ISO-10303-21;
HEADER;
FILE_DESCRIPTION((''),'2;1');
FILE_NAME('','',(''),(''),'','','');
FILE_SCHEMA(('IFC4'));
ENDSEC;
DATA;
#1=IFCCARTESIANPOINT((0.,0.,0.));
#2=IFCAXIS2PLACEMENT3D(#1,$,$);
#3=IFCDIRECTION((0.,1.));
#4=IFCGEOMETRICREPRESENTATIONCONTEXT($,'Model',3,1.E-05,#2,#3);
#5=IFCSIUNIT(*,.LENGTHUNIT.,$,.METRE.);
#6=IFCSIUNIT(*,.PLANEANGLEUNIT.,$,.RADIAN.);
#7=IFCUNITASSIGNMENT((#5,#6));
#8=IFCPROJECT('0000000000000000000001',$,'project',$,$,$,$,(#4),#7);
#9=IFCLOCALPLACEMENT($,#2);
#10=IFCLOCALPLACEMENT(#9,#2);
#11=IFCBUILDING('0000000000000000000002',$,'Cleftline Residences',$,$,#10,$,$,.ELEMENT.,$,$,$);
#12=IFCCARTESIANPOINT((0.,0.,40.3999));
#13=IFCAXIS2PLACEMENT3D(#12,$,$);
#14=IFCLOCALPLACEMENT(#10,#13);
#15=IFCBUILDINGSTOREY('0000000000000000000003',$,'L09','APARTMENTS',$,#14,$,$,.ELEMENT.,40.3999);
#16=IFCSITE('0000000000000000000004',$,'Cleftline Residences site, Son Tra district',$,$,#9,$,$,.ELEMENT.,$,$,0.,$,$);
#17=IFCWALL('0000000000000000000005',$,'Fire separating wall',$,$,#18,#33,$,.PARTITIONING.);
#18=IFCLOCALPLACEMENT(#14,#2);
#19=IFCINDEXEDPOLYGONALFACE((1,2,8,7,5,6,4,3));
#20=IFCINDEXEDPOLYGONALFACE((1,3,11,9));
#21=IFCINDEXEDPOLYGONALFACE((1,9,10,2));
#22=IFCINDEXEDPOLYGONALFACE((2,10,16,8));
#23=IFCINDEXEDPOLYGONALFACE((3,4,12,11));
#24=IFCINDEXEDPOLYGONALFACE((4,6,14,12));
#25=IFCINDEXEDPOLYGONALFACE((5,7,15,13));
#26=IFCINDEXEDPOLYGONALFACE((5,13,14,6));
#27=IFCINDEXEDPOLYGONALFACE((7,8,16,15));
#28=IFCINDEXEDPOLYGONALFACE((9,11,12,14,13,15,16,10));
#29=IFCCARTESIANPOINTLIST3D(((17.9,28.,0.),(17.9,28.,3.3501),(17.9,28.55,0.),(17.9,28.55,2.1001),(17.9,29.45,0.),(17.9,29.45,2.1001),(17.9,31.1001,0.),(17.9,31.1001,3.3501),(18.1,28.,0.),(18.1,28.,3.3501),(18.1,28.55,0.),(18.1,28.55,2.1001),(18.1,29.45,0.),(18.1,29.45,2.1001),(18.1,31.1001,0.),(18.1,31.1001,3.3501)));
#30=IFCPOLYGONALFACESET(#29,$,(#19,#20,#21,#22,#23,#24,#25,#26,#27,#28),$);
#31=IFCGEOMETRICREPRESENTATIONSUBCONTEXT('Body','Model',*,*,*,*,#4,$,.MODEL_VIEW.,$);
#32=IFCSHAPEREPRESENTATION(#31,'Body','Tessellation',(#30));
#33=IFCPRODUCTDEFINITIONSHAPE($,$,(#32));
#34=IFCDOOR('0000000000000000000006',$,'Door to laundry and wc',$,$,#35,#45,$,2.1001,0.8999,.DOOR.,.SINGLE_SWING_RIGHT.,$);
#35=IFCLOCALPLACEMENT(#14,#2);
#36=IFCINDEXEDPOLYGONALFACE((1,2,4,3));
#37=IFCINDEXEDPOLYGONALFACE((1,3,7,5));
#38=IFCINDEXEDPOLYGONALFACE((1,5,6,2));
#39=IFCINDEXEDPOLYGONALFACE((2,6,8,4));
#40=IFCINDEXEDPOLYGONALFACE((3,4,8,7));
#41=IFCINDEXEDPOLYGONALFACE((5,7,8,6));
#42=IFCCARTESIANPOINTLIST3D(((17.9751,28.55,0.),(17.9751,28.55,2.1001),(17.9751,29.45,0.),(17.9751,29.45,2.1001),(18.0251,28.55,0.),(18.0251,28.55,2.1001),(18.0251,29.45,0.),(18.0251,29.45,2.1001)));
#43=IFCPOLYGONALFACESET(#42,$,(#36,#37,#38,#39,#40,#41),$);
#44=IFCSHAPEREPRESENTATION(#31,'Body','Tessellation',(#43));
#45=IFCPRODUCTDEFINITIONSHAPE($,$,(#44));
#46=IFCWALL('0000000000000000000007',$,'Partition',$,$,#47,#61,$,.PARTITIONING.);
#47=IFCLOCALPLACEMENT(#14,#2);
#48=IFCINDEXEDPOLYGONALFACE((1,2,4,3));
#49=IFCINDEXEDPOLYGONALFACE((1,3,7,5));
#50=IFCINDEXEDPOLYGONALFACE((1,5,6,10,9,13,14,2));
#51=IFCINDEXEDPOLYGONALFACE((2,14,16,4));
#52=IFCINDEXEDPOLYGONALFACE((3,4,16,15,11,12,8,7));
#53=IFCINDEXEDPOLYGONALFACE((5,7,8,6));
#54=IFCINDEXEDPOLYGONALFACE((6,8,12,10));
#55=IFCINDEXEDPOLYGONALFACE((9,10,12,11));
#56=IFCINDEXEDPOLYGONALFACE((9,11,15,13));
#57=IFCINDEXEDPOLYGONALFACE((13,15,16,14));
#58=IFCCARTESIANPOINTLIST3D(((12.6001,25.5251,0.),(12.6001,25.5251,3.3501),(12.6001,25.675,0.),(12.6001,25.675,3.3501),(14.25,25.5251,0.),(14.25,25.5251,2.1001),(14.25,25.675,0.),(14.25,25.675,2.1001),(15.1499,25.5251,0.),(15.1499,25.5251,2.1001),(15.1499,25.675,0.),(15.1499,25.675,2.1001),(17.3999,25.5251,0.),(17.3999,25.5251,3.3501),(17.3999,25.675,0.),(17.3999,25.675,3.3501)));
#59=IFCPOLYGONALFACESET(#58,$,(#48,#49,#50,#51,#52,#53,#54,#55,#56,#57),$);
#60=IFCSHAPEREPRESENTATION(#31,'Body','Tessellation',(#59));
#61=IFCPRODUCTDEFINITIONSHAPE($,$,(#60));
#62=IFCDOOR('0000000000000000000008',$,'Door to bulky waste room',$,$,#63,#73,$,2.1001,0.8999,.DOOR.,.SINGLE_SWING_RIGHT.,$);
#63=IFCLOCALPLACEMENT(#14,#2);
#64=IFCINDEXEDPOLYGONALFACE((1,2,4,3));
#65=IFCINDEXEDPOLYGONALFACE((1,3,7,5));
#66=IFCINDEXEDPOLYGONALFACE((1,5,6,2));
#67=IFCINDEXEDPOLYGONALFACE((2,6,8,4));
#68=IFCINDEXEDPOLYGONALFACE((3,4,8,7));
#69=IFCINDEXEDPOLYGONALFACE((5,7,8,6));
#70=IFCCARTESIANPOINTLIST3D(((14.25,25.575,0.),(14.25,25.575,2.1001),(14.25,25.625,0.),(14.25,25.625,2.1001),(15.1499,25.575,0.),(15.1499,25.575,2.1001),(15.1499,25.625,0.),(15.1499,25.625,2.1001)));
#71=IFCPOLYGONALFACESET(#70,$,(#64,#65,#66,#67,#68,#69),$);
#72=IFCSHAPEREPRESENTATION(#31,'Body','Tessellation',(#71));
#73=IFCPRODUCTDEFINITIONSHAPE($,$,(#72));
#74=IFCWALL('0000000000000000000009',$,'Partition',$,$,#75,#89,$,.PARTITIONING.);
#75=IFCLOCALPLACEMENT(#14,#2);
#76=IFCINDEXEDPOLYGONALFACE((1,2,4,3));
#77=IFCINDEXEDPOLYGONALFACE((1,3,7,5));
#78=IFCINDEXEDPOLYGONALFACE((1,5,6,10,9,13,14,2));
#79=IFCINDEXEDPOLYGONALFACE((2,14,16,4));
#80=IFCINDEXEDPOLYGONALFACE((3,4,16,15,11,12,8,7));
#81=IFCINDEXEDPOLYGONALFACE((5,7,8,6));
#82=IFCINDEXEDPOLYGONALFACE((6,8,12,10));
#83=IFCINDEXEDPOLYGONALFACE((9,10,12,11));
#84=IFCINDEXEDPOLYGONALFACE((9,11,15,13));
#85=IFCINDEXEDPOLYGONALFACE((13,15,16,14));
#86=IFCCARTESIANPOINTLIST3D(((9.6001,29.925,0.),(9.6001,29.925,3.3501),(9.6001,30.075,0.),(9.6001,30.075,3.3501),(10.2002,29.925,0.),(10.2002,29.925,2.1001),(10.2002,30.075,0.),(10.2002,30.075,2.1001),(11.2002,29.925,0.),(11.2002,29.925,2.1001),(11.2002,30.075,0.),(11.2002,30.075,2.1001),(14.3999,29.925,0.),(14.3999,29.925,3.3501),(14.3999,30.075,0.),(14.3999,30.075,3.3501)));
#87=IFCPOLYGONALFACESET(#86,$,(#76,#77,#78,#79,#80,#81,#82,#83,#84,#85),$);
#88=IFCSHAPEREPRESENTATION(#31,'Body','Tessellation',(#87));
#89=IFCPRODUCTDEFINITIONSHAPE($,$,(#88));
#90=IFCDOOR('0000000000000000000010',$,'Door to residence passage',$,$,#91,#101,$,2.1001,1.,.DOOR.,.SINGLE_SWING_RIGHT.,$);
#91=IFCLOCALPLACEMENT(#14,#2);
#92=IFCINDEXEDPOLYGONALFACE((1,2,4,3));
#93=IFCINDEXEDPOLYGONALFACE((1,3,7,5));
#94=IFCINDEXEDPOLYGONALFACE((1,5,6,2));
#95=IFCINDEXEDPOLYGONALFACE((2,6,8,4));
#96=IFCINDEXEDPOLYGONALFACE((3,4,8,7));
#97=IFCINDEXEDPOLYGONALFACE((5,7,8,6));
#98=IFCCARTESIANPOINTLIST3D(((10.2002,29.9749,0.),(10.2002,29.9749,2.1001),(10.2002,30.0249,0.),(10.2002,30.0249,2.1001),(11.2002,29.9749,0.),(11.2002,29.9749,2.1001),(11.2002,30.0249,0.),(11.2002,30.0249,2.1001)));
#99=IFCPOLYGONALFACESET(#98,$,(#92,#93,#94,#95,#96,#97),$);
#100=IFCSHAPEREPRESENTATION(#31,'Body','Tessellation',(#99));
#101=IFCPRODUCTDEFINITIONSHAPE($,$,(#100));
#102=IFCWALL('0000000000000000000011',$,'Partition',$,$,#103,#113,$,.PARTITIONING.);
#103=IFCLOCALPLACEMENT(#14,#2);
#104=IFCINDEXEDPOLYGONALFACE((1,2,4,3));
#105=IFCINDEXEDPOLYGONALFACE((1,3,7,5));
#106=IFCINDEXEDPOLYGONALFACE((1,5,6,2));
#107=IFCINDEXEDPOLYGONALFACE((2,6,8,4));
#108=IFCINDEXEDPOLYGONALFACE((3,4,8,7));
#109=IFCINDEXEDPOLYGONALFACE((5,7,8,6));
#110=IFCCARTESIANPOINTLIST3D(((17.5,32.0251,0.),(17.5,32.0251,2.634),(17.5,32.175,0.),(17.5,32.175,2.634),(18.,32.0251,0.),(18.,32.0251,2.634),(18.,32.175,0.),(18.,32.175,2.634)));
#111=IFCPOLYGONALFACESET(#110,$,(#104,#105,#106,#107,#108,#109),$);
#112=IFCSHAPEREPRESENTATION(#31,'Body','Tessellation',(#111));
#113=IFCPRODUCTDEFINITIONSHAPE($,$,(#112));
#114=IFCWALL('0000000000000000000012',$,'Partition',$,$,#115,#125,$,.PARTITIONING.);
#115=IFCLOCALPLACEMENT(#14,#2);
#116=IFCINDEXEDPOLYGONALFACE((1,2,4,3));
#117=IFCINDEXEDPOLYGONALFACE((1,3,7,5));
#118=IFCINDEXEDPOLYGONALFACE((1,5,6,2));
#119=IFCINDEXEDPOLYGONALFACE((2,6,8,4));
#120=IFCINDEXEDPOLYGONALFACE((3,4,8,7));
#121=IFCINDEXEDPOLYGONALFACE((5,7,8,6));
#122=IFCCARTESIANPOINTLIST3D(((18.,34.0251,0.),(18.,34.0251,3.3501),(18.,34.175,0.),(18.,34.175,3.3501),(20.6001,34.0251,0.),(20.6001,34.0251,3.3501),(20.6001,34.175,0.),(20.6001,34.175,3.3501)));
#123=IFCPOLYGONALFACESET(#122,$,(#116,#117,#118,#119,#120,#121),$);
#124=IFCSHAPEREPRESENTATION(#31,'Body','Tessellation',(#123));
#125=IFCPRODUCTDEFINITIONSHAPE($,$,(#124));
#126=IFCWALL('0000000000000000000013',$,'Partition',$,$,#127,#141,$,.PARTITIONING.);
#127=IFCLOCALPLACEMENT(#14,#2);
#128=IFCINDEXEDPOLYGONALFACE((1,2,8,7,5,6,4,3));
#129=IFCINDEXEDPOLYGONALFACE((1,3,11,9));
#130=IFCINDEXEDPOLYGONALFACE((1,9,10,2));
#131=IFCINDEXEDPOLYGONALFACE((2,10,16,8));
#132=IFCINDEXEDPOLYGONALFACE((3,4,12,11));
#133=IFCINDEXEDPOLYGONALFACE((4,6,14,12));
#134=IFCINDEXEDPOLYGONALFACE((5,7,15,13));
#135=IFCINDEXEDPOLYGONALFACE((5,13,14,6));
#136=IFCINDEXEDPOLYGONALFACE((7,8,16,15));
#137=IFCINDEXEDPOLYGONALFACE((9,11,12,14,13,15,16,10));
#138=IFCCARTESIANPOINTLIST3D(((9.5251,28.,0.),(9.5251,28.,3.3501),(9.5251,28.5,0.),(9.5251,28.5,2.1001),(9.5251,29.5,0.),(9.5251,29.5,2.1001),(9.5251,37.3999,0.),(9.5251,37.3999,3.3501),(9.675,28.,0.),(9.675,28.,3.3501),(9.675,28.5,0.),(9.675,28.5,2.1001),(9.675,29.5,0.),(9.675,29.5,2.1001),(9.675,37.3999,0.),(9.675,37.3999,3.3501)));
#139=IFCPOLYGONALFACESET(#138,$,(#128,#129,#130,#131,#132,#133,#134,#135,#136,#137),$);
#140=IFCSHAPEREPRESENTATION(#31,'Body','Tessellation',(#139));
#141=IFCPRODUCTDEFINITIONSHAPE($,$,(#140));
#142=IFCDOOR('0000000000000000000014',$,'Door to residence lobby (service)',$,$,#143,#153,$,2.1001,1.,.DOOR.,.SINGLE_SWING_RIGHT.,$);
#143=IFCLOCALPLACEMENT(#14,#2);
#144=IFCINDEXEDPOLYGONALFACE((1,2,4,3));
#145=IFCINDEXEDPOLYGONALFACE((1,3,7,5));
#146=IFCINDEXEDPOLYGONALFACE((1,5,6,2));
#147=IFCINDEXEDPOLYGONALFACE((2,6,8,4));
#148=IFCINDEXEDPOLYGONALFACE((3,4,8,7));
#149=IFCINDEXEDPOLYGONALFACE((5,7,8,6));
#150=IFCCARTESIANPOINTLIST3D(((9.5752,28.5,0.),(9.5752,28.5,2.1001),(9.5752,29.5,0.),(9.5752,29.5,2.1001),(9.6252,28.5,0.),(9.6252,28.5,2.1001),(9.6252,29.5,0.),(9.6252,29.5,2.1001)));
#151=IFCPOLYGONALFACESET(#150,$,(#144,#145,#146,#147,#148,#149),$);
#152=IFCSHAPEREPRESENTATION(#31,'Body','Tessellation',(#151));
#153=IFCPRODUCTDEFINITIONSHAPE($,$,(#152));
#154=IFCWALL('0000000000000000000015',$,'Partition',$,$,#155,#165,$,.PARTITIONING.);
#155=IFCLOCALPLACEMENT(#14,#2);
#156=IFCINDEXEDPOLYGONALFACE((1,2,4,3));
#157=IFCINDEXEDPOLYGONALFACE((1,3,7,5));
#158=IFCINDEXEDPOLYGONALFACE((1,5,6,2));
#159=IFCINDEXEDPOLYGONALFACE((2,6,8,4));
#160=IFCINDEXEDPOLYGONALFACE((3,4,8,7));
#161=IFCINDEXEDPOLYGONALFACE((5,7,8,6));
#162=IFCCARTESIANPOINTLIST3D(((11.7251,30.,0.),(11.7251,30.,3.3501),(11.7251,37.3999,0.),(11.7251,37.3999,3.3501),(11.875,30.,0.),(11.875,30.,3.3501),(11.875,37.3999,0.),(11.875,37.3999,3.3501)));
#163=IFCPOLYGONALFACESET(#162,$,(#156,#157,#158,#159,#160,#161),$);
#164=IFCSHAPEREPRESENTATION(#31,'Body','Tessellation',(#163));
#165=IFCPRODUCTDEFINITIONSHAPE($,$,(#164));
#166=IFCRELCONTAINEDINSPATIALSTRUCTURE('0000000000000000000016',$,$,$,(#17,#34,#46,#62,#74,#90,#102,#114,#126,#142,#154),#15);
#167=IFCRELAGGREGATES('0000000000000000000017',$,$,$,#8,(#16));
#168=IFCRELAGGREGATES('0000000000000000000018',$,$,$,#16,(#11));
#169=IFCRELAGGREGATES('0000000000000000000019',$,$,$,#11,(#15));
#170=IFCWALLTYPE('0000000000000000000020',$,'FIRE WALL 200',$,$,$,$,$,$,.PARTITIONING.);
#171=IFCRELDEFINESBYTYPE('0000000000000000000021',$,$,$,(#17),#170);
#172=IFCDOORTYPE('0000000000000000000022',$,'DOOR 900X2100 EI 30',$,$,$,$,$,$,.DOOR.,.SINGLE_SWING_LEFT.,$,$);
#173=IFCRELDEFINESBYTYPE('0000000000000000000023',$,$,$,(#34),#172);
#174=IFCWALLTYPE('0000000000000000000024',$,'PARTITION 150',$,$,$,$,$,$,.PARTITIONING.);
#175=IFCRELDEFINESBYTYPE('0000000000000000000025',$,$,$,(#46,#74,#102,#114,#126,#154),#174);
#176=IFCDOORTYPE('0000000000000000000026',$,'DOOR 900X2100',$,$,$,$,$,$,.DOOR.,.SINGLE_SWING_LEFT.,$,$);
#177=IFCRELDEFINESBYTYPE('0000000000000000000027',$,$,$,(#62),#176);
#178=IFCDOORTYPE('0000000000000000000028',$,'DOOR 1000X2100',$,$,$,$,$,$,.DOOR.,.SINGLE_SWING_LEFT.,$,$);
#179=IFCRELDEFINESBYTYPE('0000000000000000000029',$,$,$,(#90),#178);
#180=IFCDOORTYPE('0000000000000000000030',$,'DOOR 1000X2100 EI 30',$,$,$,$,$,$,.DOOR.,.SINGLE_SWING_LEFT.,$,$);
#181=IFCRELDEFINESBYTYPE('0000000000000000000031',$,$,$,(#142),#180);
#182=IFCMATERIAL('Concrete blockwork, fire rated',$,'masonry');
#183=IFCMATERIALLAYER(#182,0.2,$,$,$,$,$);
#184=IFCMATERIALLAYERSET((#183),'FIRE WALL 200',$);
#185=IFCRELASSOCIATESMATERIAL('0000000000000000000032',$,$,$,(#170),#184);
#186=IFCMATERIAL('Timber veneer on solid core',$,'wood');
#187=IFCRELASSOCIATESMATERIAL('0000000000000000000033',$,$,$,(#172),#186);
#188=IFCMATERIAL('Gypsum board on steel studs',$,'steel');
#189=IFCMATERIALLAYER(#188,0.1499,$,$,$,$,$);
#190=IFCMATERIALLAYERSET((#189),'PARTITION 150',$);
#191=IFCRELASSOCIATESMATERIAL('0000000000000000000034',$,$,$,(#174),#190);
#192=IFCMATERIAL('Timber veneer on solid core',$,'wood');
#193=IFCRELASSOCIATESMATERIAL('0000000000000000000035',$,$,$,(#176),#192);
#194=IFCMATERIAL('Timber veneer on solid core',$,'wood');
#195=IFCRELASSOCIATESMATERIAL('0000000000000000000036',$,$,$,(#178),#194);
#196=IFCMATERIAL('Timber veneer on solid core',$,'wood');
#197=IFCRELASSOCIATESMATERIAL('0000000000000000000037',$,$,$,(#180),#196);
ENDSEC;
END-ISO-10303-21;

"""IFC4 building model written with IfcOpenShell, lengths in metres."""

from ifc_helpers import new_model, si_unit, direction, frame, frame_2d, origin, place, context, subcontext, project, spatial, rectangle, extrude, material, layer, layer_set, type_object, element, fill, save


model = new_model("IFC4")

# Units and contexts
model_context = context("Model", 3, precision=1e-05, world=origin(), true_north=direction((0.0, 1.0)))
body_context = subcontext(model_context, "Body", "Model", "MODEL_VIEW")
ifc_project = project(units=[si_unit("LENGTHUNIT", "METRE"), si_unit("PLANEANGLEUNIT", "RADIAN")], contexts=[model_context])

# Site, building, storey
site_placement = place(None, origin())
site = spatial("IfcSite", under=ifc_project, at=site_placement, Name="Cleftline Residences site, Son Tra district", CompositionType="ELEMENT", RefElevation=0.0)
building_placement = place(site_placement, origin())
building = spatial("IfcBuilding", under=site, at=building_placement, Name="Cleftline Residences", CompositionType="ELEMENT")
storey_placement = place(building_placement, frame((0.0, 0.0, 40.3999)))
storey = spatial("IfcBuildingStorey", under=building, at=storey_placement, Name="L09", Description="APARTMENTS", CompositionType="ELEMENT", Elevation=40.3999)

# Shared definitions
ifc_material_1 = material(Name="Concrete blockwork, fire rated", Category="masonry")
ifc_layer_1 = layer(ifc_material_1, 0.2)
ifc_layer_set_1 = layer_set([ifc_layer_1], Name="FIRE WALL 200")
wall_type_1 = type_object("IfcWallType", Name="FIRE WALL 200", PredefinedType="PARTITIONING", material=ifc_layer_set_1)

# Walls, openings, doors
wall_1_placement = place(storey_placement, frame((18.0, 28.0, 0.0), z_axis=(0.0, 0.0, 1.0), x_axis=(0.0, 1.0, 0.0)))
wall_1 = element("IfcWall", 1, at=wall_1_placement, inside=storey, type_object=wall_type_1, Name="Fire separating wall", PredefinedType="PARTITIONING", context=body_context, shape_type="SweptSolid", body=[
    extrude(rectangle(XDim=3.1001, YDim=0.2, at=frame_2d((1.55, 0.0))), origin(), (0.0, 0.0, 1.0), 3.3501),
])
opening_1_placement = place(wall_1_placement, frame((0.55, 0.0, 0.0)))
opening_1 = element("IfcOpeningElement", 2, at=opening_1_placement, cuts=wall_1, PredefinedType="OPENING", context=body_context, shape_type="SweptSolid", body=[
    extrude(rectangle(XDim=0.8999, YDim=2.1001, at=frame_2d((0.45, 1.05))), frame((0.0, 0.1099, 0.0), z_axis=(0.0, -1.0, 0.0), x_axis=(1.0, 0.0, 0.0)), (0.0, 0.0, 1.0), 0.22),
])
ifc_material_2 = material(Name="Timber veneer on solid core", Category="wood")
door_type_1 = type_object("IfcDoorType", Name="DOOR 900X2100 EI 30", OperationType="SINGLE_SWING_LEFT", PredefinedType="DOOR", material=ifc_material_2)
door_1_placement = place(opening_1_placement, origin())
door_1 = element("IfcDoor", 3, at=door_1_placement, inside=storey, type_object=door_type_1, Name="Door to laundry and wc", OperationType="SINGLE_SWING_RIGHT", OverallHeight=2.1001, OverallWidth=0.8999, PredefinedType="DOOR", context=body_context, shape_type="SweptSolid", body=[
    extrude(rectangle(XDim=0.8999, YDim=2.1001, at=frame_2d((0.45, 1.05))), frame((0.0, 0.0249, 0.0), z_axis=(0.0, -1.0, 0.0), x_axis=(1.0, 0.0, 0.0)), (0.0, 0.0, 1.0), 0.05),
])
fill(opening_1, door_1)
ifc_material_3 = material(Name="Gypsum board on steel studs", Category="steel")
ifc_layer_2 = layer(ifc_material_3, 0.1499)
ifc_layer_set_2 = layer_set([ifc_layer_2], Name="PARTITION 150")
wall_type_2 = type_object("IfcWallType", Name="PARTITION 150", PredefinedType="PARTITIONING", material=ifc_layer_set_2)
wall_2_placement = place(storey_placement, frame((12.6001, 25.6001, 0.0), z_axis=(0.0, 0.0, 1.0), x_axis=(1.0, 0.0, 0.0)))
wall_2 = element("IfcWall", 4, at=wall_2_placement, inside=storey, type_object=wall_type_2, Name="Partition", PredefinedType="PARTITIONING", context=body_context, shape_type="SweptSolid", body=[
    extrude(rectangle(XDim=4.7998, YDim=0.1499, at=frame_2d((2.3999, 0.0))), origin(), (0.0, 0.0, 1.0), 3.3501),
])
opening_2_placement = place(wall_2_placement, frame((1.6499, 0.0, 0.0)))
opening_2 = element("IfcOpeningElement", 5, at=opening_2_placement, cuts=wall_2, PredefinedType="OPENING", context=body_context, shape_type="SweptSolid", body=[
    extrude(rectangle(XDim=0.8999, YDim=2.1001, at=frame_2d((0.45, 1.05))), frame((0.0, 0.085, 0.0), z_axis=(0.0, -1.0, 0.0), x_axis=(1.0, 0.0, 0.0)), (0.0, 0.0, 1.0), 0.1699),
])
ifc_material_4 = material(Name="Timber veneer on solid core", Category="wood")
door_type_2 = type_object("IfcDoorType", Name="DOOR 900X2100", OperationType="SINGLE_SWING_LEFT", PredefinedType="DOOR", material=ifc_material_4)
door_2_placement = place(opening_2_placement, origin())
door_2 = element("IfcDoor", 6, at=door_2_placement, inside=storey, type_object=door_type_2, Name="Door to bulky waste room", OperationType="SINGLE_SWING_RIGHT", OverallHeight=2.1001, OverallWidth=0.8999, PredefinedType="DOOR", context=body_context, shape_type="SweptSolid", body=[
    extrude(rectangle(XDim=0.8999, YDim=2.1001, at=frame_2d((0.45, 1.05))), frame((0.0, 0.0249, 0.0), z_axis=(0.0, -1.0, 0.0), x_axis=(1.0, 0.0, 0.0)), (0.0, 0.0, 1.0), 0.05),
])
fill(opening_2, door_2)
wall_3_placement = place(storey_placement, frame((9.6001, 30.0, 0.0), z_axis=(0.0, 0.0, 1.0), x_axis=(1.0, 0.0, 0.0)))
wall_3 = element("IfcWall", 7, at=wall_3_placement, inside=storey, type_object=wall_type_2, Name="Partition", PredefinedType="PARTITIONING", context=body_context, shape_type="SweptSolid", body=[
    extrude(rectangle(XDim=4.7998, YDim=0.1499, at=frame_2d((2.3999, 0.0))), origin(), (0.0, 0.0, 1.0), 3.3501),
])
opening_3_placement = place(wall_3_placement, frame((0.6001, 0.0, 0.0)))
opening_3 = element("IfcOpeningElement", 8, at=opening_3_placement, cuts=wall_3, PredefinedType="OPENING", context=body_context, shape_type="SweptSolid", body=[
    extrude(rectangle(XDim=1.0, YDim=2.1001, at=frame_2d((0.5, 1.05))), frame((0.0, 0.085, 0.0), z_axis=(0.0, -1.0, 0.0), x_axis=(1.0, 0.0, 0.0)), (0.0, 0.0, 1.0), 0.1699),
])
ifc_material_5 = material(Name="Timber veneer on solid core", Category="wood")
door_type_3 = type_object("IfcDoorType", Name="DOOR 1000X2100", OperationType="SINGLE_SWING_LEFT", PredefinedType="DOOR", material=ifc_material_5)
door_3_placement = place(opening_3_placement, origin())
door_3 = element("IfcDoor", 9, at=door_3_placement, inside=storey, type_object=door_type_3, Name="Door to residence passage", OperationType="SINGLE_SWING_RIGHT", OverallHeight=2.1001, OverallWidth=1.0, PredefinedType="DOOR", context=body_context, shape_type="SweptSolid", body=[
    extrude(rectangle(XDim=1.0, YDim=2.1001, at=frame_2d((0.5, 1.05))), frame((0.0, 0.0249, 0.0), z_axis=(0.0, -1.0, 0.0), x_axis=(1.0, 0.0, 0.0)), (0.0, 0.0, 1.0), 0.05),
])
fill(opening_3, door_3)

# Walls
wall_4_placement = place(storey_placement, frame((17.5, 32.1001, 0.0), z_axis=(0.0, 0.0, 1.0), x_axis=(1.0, 0.0, 0.0)))
element("IfcWall", 10, at=wall_4_placement, inside=storey, type_object=wall_type_2, Name="Partition", PredefinedType="PARTITIONING", context=body_context, shape_type="SweptSolid", body=[
    extrude(rectangle(XDim=0.5, YDim=0.1499, at=frame_2d((0.25, 0.0))), origin(), (0.0, 0.0, 1.0), 2.634),
])
wall_5_placement = place(storey_placement, frame((18.0, 34.1001, 0.0), z_axis=(0.0, 0.0, 1.0), x_axis=(1.0, 0.0, 0.0)))
element("IfcWall", 11, at=wall_5_placement, inside=storey, type_object=wall_type_2, Name="Partition", PredefinedType="PARTITIONING", context=body_context, shape_type="SweptSolid", body=[
    extrude(rectangle(XDim=2.6001, YDim=0.1499, at=frame_2d((1.3, 0.0))), origin(), (0.0, 0.0, 1.0), 3.3501),
])

# Wall, opening, door
wall_6_placement = place(storey_placement, frame((9.6001, 28.0, 0.0), z_axis=(0.0, 0.0, 1.0), x_axis=(0.0, 1.0, 0.0)))
wall_6 = element("IfcWall", 12, at=wall_6_placement, inside=storey, type_object=wall_type_2, Name="Partition", PredefinedType="PARTITIONING", context=body_context, shape_type="SweptSolid", body=[
    extrude(rectangle(XDim=9.3999, YDim=0.1499, at=frame_2d((4.7, 0.0))), origin(), (0.0, 0.0, 1.0), 3.3501),
])
opening_4_placement = place(wall_6_placement, frame((0.5, 0.0, 0.0)))
opening_4 = element("IfcOpeningElement", 13, at=opening_4_placement, cuts=wall_6, PredefinedType="OPENING", context=body_context, shape_type="SweptSolid", body=[
    extrude(rectangle(XDim=1.0, YDim=2.1001, at=frame_2d((0.5, 1.05))), frame((0.0, 0.085, 0.0), z_axis=(0.0, -1.0, 0.0), x_axis=(1.0, 0.0, 0.0)), (0.0, 0.0, 1.0), 0.1699),
])
ifc_material_6 = material(Name="Timber veneer on solid core", Category="wood")
door_type_4 = type_object("IfcDoorType", Name="DOOR 1000X2100 EI 30", OperationType="SINGLE_SWING_LEFT", PredefinedType="DOOR", material=ifc_material_6)
door_4_placement = place(opening_4_placement, origin())
door_4 = element("IfcDoor", 14, at=door_4_placement, inside=storey, type_object=door_type_4, Name="Door to residence lobby (service)", OperationType="SINGLE_SWING_RIGHT", OverallHeight=2.1001, OverallWidth=1.0, PredefinedType="DOOR", context=body_context, shape_type="SweptSolid", body=[
    extrude(rectangle(XDim=1.0, YDim=2.1001, at=frame_2d((0.5, 1.05))), frame((0.0, 0.0249, 0.0), z_axis=(0.0, -1.0, 0.0), x_axis=(1.0, 0.0, 0.0)), (0.0, 0.0, 1.0), 0.05),
])
fill(opening_4, door_4)

# Wall
wall_7_placement = place(storey_placement, frame((11.8, 30.0, 0.0), z_axis=(0.0, 0.0, 1.0), x_axis=(0.0, 1.0, 0.0)))
element("IfcWall", 15, at=wall_7_placement, inside=storey, type_object=wall_type_2, Name="Partition", PredefinedType="PARTITIONING", context=body_context, shape_type="SweptSolid", body=[
    extrude(rectangle(XDim=7.3999, YDim=0.1499, at=frame_2d((3.7, 0.0))), origin(), (0.0, 0.0, 1.0), 3.3501),
])

save(model, "model.ifc")
